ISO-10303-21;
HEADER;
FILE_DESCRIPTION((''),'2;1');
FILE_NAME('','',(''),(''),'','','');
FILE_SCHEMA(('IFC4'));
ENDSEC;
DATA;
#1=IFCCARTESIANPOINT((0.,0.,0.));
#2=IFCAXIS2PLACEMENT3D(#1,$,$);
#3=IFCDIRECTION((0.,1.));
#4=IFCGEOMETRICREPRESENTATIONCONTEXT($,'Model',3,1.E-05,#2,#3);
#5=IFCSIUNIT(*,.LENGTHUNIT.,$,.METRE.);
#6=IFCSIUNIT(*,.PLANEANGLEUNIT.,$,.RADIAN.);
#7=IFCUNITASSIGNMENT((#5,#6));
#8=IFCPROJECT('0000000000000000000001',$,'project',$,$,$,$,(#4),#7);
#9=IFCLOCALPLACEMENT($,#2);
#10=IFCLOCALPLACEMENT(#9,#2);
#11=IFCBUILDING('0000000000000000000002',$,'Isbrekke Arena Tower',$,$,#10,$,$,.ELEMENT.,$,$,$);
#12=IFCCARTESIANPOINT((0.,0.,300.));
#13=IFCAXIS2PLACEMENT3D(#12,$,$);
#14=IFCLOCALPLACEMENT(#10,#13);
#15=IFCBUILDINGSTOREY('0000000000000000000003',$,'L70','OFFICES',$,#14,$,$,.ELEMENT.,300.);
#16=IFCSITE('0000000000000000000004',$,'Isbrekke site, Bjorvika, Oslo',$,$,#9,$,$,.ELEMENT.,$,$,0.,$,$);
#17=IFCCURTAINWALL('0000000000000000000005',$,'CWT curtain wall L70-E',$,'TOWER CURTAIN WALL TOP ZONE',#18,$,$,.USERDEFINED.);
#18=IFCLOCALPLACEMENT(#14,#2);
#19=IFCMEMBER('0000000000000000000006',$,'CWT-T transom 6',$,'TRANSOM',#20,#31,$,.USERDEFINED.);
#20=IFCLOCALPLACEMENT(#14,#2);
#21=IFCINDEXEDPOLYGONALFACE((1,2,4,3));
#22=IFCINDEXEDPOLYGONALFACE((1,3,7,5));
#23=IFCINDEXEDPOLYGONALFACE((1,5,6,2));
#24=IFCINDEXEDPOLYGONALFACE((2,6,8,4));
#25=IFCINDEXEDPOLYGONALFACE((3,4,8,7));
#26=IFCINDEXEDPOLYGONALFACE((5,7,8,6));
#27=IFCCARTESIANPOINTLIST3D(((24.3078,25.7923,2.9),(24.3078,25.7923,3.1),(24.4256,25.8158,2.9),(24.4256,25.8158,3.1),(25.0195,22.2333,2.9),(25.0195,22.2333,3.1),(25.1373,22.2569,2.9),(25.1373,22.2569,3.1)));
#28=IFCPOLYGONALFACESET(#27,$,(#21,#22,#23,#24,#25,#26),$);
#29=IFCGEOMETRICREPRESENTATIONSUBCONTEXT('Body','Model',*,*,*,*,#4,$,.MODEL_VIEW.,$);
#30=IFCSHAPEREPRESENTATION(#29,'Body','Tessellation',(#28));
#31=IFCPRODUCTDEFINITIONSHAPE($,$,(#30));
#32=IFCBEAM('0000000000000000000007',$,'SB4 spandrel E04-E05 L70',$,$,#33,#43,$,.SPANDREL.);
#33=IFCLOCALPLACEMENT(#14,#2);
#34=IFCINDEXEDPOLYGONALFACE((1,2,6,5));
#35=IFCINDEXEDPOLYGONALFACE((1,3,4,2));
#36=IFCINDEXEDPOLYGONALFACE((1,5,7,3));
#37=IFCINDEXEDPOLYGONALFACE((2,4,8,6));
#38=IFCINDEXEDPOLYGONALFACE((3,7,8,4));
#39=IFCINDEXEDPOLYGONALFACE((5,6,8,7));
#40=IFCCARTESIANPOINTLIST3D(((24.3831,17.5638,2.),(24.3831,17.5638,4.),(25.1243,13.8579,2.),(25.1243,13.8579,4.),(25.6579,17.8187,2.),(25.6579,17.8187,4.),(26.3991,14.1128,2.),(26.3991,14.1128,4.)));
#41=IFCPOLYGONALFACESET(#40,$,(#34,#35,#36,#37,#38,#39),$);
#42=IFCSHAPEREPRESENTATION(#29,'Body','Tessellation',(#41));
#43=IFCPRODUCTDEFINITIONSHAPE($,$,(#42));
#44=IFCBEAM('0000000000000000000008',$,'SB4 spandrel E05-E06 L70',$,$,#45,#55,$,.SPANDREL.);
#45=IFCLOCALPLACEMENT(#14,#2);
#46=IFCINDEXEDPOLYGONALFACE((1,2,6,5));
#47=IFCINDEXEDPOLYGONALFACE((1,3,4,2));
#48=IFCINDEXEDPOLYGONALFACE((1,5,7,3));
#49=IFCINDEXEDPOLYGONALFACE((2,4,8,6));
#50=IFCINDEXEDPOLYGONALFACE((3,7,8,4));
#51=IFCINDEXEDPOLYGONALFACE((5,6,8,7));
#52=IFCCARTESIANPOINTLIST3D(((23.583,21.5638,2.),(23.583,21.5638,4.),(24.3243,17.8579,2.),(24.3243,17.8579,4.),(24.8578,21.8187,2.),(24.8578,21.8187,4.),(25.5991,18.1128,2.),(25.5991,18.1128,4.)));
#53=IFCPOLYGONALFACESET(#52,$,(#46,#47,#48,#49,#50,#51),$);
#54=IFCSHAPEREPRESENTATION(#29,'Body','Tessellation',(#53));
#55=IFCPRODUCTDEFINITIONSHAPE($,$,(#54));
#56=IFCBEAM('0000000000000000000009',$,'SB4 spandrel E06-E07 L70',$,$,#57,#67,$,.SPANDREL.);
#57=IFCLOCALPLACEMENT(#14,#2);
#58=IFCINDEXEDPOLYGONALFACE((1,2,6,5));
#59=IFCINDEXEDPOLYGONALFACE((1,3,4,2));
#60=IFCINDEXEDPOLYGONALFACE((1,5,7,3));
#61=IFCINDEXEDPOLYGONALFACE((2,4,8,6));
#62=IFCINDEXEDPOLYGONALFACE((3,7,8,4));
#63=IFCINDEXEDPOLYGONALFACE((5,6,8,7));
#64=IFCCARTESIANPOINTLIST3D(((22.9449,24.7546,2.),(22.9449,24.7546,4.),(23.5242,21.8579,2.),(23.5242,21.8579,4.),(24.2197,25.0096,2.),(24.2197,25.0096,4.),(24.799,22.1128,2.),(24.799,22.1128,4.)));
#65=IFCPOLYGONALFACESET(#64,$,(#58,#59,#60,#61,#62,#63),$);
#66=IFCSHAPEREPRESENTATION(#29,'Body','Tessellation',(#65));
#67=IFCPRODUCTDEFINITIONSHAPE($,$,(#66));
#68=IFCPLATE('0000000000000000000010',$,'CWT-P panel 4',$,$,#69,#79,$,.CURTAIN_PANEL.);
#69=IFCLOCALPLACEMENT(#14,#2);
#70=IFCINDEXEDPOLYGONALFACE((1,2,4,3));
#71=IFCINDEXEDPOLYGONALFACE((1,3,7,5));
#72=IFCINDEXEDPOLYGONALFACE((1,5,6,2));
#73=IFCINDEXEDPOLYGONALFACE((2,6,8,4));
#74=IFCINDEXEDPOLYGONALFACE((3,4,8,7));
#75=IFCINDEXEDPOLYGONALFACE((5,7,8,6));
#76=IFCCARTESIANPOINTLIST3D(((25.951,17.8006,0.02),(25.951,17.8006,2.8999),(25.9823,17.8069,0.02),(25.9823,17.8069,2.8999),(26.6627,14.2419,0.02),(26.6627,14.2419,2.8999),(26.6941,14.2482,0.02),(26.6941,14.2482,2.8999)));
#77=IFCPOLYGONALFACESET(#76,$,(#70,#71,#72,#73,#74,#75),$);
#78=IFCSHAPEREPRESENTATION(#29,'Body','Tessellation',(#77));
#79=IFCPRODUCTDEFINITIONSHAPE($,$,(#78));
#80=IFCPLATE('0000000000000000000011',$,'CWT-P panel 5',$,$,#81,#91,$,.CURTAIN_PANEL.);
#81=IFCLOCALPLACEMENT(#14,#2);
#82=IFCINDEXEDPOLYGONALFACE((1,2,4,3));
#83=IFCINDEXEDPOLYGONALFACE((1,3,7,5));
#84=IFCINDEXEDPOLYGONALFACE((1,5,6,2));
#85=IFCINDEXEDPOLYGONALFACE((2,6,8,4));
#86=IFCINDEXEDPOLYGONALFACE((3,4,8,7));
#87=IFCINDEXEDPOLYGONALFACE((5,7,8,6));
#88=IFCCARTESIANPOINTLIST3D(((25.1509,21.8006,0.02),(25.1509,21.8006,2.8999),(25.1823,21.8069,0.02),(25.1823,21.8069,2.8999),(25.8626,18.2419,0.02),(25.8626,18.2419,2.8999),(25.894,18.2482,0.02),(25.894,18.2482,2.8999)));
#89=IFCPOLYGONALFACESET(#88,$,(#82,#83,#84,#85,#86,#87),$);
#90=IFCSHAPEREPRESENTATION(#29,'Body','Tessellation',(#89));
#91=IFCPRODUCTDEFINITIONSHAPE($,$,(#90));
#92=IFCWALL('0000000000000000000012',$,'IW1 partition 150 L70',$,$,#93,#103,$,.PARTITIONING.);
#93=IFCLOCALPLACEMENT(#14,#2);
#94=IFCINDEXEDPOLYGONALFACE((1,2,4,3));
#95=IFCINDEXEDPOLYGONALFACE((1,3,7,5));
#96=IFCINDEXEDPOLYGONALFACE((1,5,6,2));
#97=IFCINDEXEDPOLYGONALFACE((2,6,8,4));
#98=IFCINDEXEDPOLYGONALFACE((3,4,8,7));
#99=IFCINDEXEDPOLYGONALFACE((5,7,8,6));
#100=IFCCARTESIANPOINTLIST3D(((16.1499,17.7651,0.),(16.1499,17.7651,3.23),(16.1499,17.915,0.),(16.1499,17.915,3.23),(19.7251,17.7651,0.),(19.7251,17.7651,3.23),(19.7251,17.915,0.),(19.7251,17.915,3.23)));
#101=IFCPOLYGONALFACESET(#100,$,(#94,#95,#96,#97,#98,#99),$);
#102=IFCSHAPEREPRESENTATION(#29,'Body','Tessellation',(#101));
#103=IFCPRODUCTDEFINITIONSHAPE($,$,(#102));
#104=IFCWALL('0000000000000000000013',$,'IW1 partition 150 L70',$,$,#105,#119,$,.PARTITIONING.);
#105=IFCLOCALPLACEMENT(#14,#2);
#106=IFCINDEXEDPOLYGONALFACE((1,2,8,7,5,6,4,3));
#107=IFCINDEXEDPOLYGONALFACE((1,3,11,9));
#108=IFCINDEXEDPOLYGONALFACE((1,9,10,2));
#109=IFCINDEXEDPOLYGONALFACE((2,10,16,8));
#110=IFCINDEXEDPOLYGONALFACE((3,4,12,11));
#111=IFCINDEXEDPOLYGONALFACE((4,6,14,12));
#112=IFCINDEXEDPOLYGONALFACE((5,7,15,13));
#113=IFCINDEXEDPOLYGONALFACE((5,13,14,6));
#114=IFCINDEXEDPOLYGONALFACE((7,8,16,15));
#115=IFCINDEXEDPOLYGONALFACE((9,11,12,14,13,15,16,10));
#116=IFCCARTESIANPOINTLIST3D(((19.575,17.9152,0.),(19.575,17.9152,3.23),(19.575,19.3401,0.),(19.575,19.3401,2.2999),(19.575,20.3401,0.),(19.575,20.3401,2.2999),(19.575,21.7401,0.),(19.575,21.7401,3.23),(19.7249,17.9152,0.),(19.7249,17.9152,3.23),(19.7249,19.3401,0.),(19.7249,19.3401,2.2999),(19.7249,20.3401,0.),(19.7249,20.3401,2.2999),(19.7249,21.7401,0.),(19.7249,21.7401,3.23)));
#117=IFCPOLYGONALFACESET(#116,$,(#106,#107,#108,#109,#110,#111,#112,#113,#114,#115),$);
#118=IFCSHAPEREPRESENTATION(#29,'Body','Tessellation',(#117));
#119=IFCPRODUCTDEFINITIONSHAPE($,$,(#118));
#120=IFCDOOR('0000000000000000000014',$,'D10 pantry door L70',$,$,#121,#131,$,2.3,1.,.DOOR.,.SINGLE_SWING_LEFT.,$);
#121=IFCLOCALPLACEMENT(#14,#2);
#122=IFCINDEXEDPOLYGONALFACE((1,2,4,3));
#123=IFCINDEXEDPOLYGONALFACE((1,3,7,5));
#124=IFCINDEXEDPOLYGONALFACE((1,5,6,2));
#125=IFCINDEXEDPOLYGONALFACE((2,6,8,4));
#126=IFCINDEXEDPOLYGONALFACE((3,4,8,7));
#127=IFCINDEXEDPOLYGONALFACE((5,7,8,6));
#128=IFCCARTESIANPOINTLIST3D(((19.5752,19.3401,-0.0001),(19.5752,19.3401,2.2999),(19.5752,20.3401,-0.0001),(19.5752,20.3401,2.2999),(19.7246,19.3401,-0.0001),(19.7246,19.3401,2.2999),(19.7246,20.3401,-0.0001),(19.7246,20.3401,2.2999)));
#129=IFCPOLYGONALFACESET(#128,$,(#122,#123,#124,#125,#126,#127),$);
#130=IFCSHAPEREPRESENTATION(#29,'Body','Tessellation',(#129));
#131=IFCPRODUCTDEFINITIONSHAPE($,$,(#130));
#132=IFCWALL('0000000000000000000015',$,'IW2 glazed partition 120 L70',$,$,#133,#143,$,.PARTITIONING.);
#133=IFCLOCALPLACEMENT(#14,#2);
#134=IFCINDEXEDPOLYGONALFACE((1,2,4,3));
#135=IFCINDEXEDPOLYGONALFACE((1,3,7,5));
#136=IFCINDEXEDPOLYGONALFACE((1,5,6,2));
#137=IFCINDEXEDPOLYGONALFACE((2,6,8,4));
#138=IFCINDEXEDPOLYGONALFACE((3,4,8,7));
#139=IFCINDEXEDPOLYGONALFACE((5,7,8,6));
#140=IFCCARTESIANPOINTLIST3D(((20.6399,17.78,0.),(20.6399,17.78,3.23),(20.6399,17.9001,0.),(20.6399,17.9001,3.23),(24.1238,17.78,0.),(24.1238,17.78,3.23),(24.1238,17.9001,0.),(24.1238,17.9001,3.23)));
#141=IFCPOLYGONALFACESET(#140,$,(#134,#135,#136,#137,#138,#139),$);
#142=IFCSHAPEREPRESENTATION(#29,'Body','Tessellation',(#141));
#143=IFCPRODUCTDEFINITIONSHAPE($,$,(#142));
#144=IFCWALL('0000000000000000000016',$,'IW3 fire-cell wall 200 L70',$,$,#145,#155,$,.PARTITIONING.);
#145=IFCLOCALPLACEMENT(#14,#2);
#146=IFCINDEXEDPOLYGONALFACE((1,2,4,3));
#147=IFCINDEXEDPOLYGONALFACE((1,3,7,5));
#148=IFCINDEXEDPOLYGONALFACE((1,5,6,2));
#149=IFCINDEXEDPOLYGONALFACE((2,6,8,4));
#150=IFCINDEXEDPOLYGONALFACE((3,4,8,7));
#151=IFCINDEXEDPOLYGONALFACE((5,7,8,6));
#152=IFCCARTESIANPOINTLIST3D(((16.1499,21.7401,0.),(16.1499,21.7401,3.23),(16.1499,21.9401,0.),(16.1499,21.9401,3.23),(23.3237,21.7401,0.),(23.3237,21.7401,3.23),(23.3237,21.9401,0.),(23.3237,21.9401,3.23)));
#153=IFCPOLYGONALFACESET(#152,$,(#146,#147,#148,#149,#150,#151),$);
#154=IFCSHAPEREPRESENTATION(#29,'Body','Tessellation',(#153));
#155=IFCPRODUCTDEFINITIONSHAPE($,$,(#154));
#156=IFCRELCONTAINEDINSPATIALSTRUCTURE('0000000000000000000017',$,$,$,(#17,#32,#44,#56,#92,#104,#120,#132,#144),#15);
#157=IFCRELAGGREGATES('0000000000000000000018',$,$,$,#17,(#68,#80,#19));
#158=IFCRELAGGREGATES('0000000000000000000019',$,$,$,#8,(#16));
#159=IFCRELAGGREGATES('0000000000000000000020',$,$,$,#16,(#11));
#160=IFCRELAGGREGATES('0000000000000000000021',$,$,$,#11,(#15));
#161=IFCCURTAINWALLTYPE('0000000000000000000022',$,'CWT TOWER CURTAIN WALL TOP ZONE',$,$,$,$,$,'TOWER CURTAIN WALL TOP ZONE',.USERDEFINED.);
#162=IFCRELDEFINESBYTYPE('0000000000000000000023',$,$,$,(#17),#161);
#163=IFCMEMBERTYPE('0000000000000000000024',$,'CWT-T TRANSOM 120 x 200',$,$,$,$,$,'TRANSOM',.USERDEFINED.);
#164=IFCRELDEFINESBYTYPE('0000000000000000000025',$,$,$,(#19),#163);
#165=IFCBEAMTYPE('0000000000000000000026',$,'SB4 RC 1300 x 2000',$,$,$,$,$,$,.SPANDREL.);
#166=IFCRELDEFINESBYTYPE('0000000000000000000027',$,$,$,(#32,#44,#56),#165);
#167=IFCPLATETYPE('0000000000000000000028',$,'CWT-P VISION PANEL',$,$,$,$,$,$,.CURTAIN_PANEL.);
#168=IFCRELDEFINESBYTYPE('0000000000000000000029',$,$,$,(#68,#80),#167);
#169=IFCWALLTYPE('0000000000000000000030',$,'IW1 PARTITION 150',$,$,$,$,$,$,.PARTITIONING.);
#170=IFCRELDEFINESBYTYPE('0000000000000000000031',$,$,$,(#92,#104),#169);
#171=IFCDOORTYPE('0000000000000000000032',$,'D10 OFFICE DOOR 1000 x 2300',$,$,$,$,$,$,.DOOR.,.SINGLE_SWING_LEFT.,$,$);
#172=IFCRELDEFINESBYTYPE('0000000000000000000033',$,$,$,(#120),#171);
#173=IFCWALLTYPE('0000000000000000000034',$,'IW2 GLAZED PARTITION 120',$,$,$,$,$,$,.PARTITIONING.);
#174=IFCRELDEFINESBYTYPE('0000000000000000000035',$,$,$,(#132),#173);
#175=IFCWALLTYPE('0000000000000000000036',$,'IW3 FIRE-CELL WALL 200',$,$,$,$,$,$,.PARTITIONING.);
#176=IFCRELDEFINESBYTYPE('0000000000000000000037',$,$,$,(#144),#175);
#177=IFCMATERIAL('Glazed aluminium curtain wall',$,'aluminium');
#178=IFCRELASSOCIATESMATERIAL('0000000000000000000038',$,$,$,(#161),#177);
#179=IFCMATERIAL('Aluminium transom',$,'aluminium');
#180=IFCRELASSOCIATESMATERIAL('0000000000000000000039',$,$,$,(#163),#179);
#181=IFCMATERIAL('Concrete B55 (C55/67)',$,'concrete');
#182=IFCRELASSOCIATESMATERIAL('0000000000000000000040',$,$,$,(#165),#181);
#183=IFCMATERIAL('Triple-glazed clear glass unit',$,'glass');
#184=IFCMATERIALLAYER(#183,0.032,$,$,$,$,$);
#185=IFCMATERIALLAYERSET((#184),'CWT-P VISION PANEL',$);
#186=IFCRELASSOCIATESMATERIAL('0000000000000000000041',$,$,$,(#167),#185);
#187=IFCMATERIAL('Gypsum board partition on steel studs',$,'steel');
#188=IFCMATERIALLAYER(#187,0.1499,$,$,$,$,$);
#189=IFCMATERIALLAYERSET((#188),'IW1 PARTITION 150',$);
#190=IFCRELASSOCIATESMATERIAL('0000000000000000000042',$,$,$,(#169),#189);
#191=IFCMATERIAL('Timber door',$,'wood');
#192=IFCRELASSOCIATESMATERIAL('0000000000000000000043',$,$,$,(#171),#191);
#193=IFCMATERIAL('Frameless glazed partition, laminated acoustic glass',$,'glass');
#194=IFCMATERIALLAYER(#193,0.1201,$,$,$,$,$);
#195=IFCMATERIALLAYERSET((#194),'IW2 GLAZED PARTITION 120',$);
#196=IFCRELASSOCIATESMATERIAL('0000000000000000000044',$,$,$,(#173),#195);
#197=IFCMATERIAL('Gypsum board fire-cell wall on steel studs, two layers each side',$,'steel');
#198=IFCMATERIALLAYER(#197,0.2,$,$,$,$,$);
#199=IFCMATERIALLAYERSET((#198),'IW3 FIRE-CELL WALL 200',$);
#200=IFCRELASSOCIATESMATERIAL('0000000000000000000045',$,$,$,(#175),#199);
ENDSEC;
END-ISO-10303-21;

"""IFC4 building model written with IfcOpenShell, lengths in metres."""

from ifc_helpers import new_model, si_unit, direction, frame, frame_2d, origin, origin_2d, place, context, subcontext, project, spatial, rectangle, extrude, material, layer, layer_set, material_profile, profile_set, type_object, element, fill, aggregate, save


model = new_model("IFC4")

# Units and contexts
model_context = context("Model", 3, precision=1e-05, world=origin(), true_north=direction((0.0, 1.0)))
body_context = subcontext(model_context, "Body", "Model", "MODEL_VIEW")
ifc_project = project(units=[si_unit("LENGTHUNIT", "METRE"), si_unit("PLANEANGLEUNIT", "RADIAN")], contexts=[model_context])

# Site, building, storey
site_placement = place(None, origin())
site = spatial("IfcSite", under=ifc_project, at=site_placement, Name="Isbrekke site, Bjorvika, Oslo", CompositionType="ELEMENT", RefElevation=0.0)
building_placement = place(site_placement, origin())
building = spatial("IfcBuilding", under=site, at=building_placement, Name="Isbrekke Arena Tower", CompositionType="ELEMENT")
storey_placement = place(building_placement, frame((0.0, 0.0, 300.0)))
storey = spatial("IfcBuildingStorey", under=building, at=storey_placement, Name="L70", Description="OFFICES", CompositionType="ELEMENT", Elevation=300.0)

# Curtain wall, member
ifc_material_1 = material(Name="Glazed aluminium curtain wall", Category="aluminium")
curtain_wall_type = type_object("IfcCurtainWallType", Name="CWT TOWER CURTAIN WALL TOP ZONE", ElementType="TOWER CURTAIN WALL TOP ZONE", PredefinedType="USERDEFINED", material=ifc_material_1)
curtain_wall_placement = place(storey_placement, origin())
curtain_wall = element("IfcCurtainWall", 1, at=curtain_wall_placement, inside=storey, type_object=curtain_wall_type, Name="CWT curtain wall L70-E", ObjectType="TOWER CURTAIN WALL TOP ZONE", PredefinedType="USERDEFINED")
ifc_material_2 = material(Name="Aluminium transom", Category="aluminium")
ifc_material_profile_1 = material_profile(ifc_material_2, rectangle(XDim=0.1201, YDim=0.2, at=origin_2d()), Name="TRANSOM 120X200")
ifc_profile_set_1 = profile_set([ifc_material_profile_1], Name="Aluminium transom")
member_type_1 = type_object("IfcMemberType", Name="CWT-T TRANSOM 120 x 200", ElementType="TRANSOM", PredefinedType="USERDEFINED", material=ifc_profile_set_1)
member_1_placement = place(storey_placement, frame((25.0784, 22.2451, 3.0), z_axis=(-0.19609, 0.980586, 0.0), x_axis=(-0.980586, -0.19609, 0.0)))
member_1 = element("IfcMember", 2, at=member_1_placement, type_object=member_type_1, Name="CWT-T transom 6", ObjectType="TRANSOM", PredefinedType="USERDEFINED", context=body_context, shape_type="SweptSolid", body=[
    extrude(rectangle(XDim=0.1201, YDim=0.2, at=origin_2d()), origin(), (0.0, 0.0, 1.0), 3.6294),
])

# Beams
ifc_material_3 = material(Name="Concrete B55 (C55/67)", Category="concrete")
ifc_material_profile_2 = material_profile(ifc_material_3, rectangle(XDim=1.3, YDim=2.0, at=origin_2d()), Name="RC 1300x2000")
ifc_profile_set_2 = profile_set([ifc_material_profile_2], Name="Concrete B55 (C55/67)")
beam_type_1 = type_object("IfcBeamType", Name="SB4 RC 1300 x 2000", PredefinedType="SPANDREL", material=ifc_profile_set_2)
for number, where, z_axis, x_axis, name in (
    (3, (25.7617, 13.9854, 3.0), (-0.196129, 0.980578, 0.0), (-0.980578, -0.196129, 0.0), "SB4 spandrel E04-E05 L70"),
    (4, (24.9617, 17.9854, 3.0), (-0.196129, 0.980578, 0.0), (-0.980578, -0.196129, 0.0), "SB4 spandrel E05-E06 L70"),
):
    element("IfcBeam", number, at=place(storey_placement, frame(where, z_axis=z_axis, x_axis=x_axis)), inside=storey, type_object=beam_type_1, Name=name, PredefinedType="SPANDREL", context=body_context, shape_type="SweptSolid", body=[
        extrude(rectangle(XDim=1.3, YDim=2.0, at=origin_2d()), origin(), (0.0, 0.0, 1.0), 3.7793),
    ])
beam_1_placement = place(storey_placement, frame((24.1616, 21.9854, 3.0), z_axis=(-0.196116, 0.980581, 0.0), x_axis=(-0.980581, -0.196116, 0.0)))
element("IfcBeam", 5, at=beam_1_placement, inside=storey, type_object=beam_type_1, Name="SB4 spandrel E06-E07 L70", PredefinedType="SPANDREL", context=body_context, shape_type="SweptSolid", body=[
    extrude(rectangle(XDim=1.3, YDim=2.0, at=origin_2d()), origin(), (0.0, 0.0, 1.0), 2.9541),
])

# Plates
ifc_material_4 = material(Name="Triple-glazed clear glass unit", Category="glass")
ifc_layer_1 = layer(ifc_material_4, 0.032)
ifc_layer_set_1 = layer_set([ifc_layer_1], Name="CWT-P VISION PANEL")
plate_type = type_object("IfcPlateType", Name="CWT-P VISION PANEL", PredefinedType="CURTAIN_PANEL", material=ifc_layer_set_1)
plate_1_placement = place(storey_placement, frame((26.3225, 16.0244, 0.02), z_axis=(0.0, 0.0, 1.0), x_axis=(-0.196116, 0.980581, 0.0)))
plate_1 = element("IfcPlate", 6, at=plate_1_placement, type_object=plate_type, Name="CWT-P panel 4", PredefinedType="CURTAIN_PANEL", context=body_context, shape_type="SweptSolid", body=[
    extrude(rectangle(XDim=3.6292, YDim=0.032, at=origin_2d()), origin(), (0.0, 0.0, 1.0), 2.8799),
])
plate_2_placement = place(storey_placement, frame((25.5225, 20.0244, 0.02), z_axis=(0.0, 0.0, 1.0), x_axis=(-0.196116, 0.980581, 0.0)))
plate_2 = element("IfcPlate", 7, at=plate_2_placement, type_object=plate_type, Name="CWT-P panel 5", PredefinedType="CURTAIN_PANEL", context=body_context, shape_type="SweptSolid", body=[
    extrude(rectangle(XDim=3.6292, YDim=0.032, at=origin_2d()), origin(), (0.0, 0.0, 1.0), 2.8799),
])
aggregate(curtain_wall, [plate_1, plate_2, member_1])

# Wall
ifc_material_5 = material(Name="Gypsum board partition on steel studs", Category="steel")
ifc_layer_2 = layer(ifc_material_5, 0.1499)
ifc_layer_set_2 = layer_set([ifc_layer_2], Name="IW1 PARTITION 150")
wall_type_1 = type_object("IfcWallType", Name="IW1 PARTITION 150", PredefinedType="PARTITIONING", material=ifc_layer_set_2)
wall_1_placement = place(storey_placement, frame((16.1499, 17.8401, 0.0), z_axis=(0.0, 0.0, 1.0), x_axis=(1.0, 0.0, 0.0)))
element("IfcWall", 8, at=wall_1_placement, inside=storey, type_object=wall_type_1, Name="IW1 partition 150 L70", PredefinedType="PARTITIONING", context=body_context, shape_type="SweptSolid", body=[
    extrude(rectangle(XDim=3.5752, YDim=0.1499, at=frame_2d((1.7876, 0.0))), origin(), (0.0, 0.0, 1.0), 3.23),
])

# Wall, opening, door
wall_2_placement = place(storey_placement, frame((19.6499, 17.915, 0.0), z_axis=(0.0, 0.0, 1.0), x_axis=(0.0, 1.0, 0.0)))
wall_2 = element("IfcWall", 9, at=wall_2_placement, inside=storey, type_object=wall_type_1, Name="IW1 partition 150 L70", PredefinedType="PARTITIONING", context=body_context, shape_type="SweptSolid", body=[
    extrude(rectangle(XDim=3.825, YDim=0.1499, at=frame_2d((1.9126, 0.0))), origin(), (0.0, 0.0, 1.0), 3.23),
])
opening_1_placement = place(wall_2_placement, frame((1.425, 0.0, 0.0)))
opening_1 = element("IfcOpeningElement", 10, at=opening_1_placement, cuts=wall_2, PredefinedType="OPENING", context=body_context, shape_type="SweptSolid", body=[
    extrude(rectangle(XDim=1.0, YDim=2.3, at=frame_2d((0.5, 1.1499))), frame((0.0, 0.0898, 0.0), z_axis=(0.0, -1.0, 0.0), x_axis=(1.0, 0.0, 0.0)), (0.0, 0.0, 1.0), 0.1797),
])
ifc_material_6 = material(Name="Timber door", Category="wood")
door_type_1 = type_object("IfcDoorType", Name="D10 OFFICE DOOR 1000 x 2300", OperationType="SINGLE_SWING_LEFT", PredefinedType="DOOR", material=ifc_material_6)
door_1_placement = place(opening_1_placement, origin())
door_1 = element("IfcDoor", 11, at=door_1_placement, inside=storey, type_object=door_type_1, Name="D10 pantry door L70", OperationType="SINGLE_SWING_LEFT", OverallHeight=2.3, OverallWidth=1.0, PredefinedType="DOOR", context=body_context, shape_type="SweptSolid", body=[
    extrude(rectangle(XDim=1.0, YDim=2.3, at=frame_2d((0.5, 1.1499))), frame((0.0, 0.0747, 0.0), z_axis=(0.0, -1.0, 0.0), x_axis=(1.0, 0.0, 0.0)), (0.0, 0.0, 1.0), 0.1494),
])
fill(opening_1, door_1)

# Wall
ifc_material_7 = material(Name="Frameless glazed partition, laminated acoustic glass", Category="glass")
ifc_layer_3 = layer(ifc_material_7, 0.1201)
ifc_layer_set_3 = layer_set([ifc_layer_3], Name="IW2 GLAZED PARTITION 120")
wall_type_2 = type_object("IfcWallType", Name="IW2 GLAZED PARTITION 120", PredefinedType="PARTITIONING", material=ifc_layer_set_3)
wall_3_placement = place(storey_placement, frame((20.6399, 17.8401, 0.0), z_axis=(0.0, 0.0, 1.0), x_axis=(1.0, 0.0, 0.0)))
element("IfcWall", 12, at=wall_3_placement, inside=storey, type_object=wall_type_2, Name="IW2 glazed partition 120 L70", PredefinedType="PARTITIONING", context=body_context, shape_type="SweptSolid", body=[
    extrude(rectangle(XDim=3.4839, YDim=0.1201, at=frame_2d((1.7419, 0.0))), origin(), (0.0, 0.0, 1.0), 3.23),
])

# Wall
ifc_material_8 = material(Name="Gypsum board fire-cell wall on steel studs, two layers each side", Category="steel")
ifc_layer_4 = layer(ifc_material_8, 0.2)
ifc_layer_set_4 = layer_set([ifc_layer_4], Name="IW3 FIRE-CELL WALL 200")
wall_type_3 = type_object("IfcWallType", Name="IW3 FIRE-CELL WALL 200", PredefinedType="PARTITIONING", material=ifc_layer_set_4)
wall_4_placement = place(storey_placement, frame((16.1499, 21.8401, 0.0), z_axis=(0.0, 0.0, 1.0), x_axis=(1.0, 0.0, 0.0)))
element("IfcWall", 13, at=wall_4_placement, inside=storey, type_object=wall_type_3, Name="IW3 fire-cell wall 200 L70", PredefinedType="PARTITIONING", context=body_context, shape_type="SweptSolid", body=[
    extrude(rectangle(XDim=7.1738, YDim=0.2, at=frame_2d((3.5869, 0.0))), origin(), (0.0, 0.0, 1.0), 3.23),
])

save(model, "model.ifc")
